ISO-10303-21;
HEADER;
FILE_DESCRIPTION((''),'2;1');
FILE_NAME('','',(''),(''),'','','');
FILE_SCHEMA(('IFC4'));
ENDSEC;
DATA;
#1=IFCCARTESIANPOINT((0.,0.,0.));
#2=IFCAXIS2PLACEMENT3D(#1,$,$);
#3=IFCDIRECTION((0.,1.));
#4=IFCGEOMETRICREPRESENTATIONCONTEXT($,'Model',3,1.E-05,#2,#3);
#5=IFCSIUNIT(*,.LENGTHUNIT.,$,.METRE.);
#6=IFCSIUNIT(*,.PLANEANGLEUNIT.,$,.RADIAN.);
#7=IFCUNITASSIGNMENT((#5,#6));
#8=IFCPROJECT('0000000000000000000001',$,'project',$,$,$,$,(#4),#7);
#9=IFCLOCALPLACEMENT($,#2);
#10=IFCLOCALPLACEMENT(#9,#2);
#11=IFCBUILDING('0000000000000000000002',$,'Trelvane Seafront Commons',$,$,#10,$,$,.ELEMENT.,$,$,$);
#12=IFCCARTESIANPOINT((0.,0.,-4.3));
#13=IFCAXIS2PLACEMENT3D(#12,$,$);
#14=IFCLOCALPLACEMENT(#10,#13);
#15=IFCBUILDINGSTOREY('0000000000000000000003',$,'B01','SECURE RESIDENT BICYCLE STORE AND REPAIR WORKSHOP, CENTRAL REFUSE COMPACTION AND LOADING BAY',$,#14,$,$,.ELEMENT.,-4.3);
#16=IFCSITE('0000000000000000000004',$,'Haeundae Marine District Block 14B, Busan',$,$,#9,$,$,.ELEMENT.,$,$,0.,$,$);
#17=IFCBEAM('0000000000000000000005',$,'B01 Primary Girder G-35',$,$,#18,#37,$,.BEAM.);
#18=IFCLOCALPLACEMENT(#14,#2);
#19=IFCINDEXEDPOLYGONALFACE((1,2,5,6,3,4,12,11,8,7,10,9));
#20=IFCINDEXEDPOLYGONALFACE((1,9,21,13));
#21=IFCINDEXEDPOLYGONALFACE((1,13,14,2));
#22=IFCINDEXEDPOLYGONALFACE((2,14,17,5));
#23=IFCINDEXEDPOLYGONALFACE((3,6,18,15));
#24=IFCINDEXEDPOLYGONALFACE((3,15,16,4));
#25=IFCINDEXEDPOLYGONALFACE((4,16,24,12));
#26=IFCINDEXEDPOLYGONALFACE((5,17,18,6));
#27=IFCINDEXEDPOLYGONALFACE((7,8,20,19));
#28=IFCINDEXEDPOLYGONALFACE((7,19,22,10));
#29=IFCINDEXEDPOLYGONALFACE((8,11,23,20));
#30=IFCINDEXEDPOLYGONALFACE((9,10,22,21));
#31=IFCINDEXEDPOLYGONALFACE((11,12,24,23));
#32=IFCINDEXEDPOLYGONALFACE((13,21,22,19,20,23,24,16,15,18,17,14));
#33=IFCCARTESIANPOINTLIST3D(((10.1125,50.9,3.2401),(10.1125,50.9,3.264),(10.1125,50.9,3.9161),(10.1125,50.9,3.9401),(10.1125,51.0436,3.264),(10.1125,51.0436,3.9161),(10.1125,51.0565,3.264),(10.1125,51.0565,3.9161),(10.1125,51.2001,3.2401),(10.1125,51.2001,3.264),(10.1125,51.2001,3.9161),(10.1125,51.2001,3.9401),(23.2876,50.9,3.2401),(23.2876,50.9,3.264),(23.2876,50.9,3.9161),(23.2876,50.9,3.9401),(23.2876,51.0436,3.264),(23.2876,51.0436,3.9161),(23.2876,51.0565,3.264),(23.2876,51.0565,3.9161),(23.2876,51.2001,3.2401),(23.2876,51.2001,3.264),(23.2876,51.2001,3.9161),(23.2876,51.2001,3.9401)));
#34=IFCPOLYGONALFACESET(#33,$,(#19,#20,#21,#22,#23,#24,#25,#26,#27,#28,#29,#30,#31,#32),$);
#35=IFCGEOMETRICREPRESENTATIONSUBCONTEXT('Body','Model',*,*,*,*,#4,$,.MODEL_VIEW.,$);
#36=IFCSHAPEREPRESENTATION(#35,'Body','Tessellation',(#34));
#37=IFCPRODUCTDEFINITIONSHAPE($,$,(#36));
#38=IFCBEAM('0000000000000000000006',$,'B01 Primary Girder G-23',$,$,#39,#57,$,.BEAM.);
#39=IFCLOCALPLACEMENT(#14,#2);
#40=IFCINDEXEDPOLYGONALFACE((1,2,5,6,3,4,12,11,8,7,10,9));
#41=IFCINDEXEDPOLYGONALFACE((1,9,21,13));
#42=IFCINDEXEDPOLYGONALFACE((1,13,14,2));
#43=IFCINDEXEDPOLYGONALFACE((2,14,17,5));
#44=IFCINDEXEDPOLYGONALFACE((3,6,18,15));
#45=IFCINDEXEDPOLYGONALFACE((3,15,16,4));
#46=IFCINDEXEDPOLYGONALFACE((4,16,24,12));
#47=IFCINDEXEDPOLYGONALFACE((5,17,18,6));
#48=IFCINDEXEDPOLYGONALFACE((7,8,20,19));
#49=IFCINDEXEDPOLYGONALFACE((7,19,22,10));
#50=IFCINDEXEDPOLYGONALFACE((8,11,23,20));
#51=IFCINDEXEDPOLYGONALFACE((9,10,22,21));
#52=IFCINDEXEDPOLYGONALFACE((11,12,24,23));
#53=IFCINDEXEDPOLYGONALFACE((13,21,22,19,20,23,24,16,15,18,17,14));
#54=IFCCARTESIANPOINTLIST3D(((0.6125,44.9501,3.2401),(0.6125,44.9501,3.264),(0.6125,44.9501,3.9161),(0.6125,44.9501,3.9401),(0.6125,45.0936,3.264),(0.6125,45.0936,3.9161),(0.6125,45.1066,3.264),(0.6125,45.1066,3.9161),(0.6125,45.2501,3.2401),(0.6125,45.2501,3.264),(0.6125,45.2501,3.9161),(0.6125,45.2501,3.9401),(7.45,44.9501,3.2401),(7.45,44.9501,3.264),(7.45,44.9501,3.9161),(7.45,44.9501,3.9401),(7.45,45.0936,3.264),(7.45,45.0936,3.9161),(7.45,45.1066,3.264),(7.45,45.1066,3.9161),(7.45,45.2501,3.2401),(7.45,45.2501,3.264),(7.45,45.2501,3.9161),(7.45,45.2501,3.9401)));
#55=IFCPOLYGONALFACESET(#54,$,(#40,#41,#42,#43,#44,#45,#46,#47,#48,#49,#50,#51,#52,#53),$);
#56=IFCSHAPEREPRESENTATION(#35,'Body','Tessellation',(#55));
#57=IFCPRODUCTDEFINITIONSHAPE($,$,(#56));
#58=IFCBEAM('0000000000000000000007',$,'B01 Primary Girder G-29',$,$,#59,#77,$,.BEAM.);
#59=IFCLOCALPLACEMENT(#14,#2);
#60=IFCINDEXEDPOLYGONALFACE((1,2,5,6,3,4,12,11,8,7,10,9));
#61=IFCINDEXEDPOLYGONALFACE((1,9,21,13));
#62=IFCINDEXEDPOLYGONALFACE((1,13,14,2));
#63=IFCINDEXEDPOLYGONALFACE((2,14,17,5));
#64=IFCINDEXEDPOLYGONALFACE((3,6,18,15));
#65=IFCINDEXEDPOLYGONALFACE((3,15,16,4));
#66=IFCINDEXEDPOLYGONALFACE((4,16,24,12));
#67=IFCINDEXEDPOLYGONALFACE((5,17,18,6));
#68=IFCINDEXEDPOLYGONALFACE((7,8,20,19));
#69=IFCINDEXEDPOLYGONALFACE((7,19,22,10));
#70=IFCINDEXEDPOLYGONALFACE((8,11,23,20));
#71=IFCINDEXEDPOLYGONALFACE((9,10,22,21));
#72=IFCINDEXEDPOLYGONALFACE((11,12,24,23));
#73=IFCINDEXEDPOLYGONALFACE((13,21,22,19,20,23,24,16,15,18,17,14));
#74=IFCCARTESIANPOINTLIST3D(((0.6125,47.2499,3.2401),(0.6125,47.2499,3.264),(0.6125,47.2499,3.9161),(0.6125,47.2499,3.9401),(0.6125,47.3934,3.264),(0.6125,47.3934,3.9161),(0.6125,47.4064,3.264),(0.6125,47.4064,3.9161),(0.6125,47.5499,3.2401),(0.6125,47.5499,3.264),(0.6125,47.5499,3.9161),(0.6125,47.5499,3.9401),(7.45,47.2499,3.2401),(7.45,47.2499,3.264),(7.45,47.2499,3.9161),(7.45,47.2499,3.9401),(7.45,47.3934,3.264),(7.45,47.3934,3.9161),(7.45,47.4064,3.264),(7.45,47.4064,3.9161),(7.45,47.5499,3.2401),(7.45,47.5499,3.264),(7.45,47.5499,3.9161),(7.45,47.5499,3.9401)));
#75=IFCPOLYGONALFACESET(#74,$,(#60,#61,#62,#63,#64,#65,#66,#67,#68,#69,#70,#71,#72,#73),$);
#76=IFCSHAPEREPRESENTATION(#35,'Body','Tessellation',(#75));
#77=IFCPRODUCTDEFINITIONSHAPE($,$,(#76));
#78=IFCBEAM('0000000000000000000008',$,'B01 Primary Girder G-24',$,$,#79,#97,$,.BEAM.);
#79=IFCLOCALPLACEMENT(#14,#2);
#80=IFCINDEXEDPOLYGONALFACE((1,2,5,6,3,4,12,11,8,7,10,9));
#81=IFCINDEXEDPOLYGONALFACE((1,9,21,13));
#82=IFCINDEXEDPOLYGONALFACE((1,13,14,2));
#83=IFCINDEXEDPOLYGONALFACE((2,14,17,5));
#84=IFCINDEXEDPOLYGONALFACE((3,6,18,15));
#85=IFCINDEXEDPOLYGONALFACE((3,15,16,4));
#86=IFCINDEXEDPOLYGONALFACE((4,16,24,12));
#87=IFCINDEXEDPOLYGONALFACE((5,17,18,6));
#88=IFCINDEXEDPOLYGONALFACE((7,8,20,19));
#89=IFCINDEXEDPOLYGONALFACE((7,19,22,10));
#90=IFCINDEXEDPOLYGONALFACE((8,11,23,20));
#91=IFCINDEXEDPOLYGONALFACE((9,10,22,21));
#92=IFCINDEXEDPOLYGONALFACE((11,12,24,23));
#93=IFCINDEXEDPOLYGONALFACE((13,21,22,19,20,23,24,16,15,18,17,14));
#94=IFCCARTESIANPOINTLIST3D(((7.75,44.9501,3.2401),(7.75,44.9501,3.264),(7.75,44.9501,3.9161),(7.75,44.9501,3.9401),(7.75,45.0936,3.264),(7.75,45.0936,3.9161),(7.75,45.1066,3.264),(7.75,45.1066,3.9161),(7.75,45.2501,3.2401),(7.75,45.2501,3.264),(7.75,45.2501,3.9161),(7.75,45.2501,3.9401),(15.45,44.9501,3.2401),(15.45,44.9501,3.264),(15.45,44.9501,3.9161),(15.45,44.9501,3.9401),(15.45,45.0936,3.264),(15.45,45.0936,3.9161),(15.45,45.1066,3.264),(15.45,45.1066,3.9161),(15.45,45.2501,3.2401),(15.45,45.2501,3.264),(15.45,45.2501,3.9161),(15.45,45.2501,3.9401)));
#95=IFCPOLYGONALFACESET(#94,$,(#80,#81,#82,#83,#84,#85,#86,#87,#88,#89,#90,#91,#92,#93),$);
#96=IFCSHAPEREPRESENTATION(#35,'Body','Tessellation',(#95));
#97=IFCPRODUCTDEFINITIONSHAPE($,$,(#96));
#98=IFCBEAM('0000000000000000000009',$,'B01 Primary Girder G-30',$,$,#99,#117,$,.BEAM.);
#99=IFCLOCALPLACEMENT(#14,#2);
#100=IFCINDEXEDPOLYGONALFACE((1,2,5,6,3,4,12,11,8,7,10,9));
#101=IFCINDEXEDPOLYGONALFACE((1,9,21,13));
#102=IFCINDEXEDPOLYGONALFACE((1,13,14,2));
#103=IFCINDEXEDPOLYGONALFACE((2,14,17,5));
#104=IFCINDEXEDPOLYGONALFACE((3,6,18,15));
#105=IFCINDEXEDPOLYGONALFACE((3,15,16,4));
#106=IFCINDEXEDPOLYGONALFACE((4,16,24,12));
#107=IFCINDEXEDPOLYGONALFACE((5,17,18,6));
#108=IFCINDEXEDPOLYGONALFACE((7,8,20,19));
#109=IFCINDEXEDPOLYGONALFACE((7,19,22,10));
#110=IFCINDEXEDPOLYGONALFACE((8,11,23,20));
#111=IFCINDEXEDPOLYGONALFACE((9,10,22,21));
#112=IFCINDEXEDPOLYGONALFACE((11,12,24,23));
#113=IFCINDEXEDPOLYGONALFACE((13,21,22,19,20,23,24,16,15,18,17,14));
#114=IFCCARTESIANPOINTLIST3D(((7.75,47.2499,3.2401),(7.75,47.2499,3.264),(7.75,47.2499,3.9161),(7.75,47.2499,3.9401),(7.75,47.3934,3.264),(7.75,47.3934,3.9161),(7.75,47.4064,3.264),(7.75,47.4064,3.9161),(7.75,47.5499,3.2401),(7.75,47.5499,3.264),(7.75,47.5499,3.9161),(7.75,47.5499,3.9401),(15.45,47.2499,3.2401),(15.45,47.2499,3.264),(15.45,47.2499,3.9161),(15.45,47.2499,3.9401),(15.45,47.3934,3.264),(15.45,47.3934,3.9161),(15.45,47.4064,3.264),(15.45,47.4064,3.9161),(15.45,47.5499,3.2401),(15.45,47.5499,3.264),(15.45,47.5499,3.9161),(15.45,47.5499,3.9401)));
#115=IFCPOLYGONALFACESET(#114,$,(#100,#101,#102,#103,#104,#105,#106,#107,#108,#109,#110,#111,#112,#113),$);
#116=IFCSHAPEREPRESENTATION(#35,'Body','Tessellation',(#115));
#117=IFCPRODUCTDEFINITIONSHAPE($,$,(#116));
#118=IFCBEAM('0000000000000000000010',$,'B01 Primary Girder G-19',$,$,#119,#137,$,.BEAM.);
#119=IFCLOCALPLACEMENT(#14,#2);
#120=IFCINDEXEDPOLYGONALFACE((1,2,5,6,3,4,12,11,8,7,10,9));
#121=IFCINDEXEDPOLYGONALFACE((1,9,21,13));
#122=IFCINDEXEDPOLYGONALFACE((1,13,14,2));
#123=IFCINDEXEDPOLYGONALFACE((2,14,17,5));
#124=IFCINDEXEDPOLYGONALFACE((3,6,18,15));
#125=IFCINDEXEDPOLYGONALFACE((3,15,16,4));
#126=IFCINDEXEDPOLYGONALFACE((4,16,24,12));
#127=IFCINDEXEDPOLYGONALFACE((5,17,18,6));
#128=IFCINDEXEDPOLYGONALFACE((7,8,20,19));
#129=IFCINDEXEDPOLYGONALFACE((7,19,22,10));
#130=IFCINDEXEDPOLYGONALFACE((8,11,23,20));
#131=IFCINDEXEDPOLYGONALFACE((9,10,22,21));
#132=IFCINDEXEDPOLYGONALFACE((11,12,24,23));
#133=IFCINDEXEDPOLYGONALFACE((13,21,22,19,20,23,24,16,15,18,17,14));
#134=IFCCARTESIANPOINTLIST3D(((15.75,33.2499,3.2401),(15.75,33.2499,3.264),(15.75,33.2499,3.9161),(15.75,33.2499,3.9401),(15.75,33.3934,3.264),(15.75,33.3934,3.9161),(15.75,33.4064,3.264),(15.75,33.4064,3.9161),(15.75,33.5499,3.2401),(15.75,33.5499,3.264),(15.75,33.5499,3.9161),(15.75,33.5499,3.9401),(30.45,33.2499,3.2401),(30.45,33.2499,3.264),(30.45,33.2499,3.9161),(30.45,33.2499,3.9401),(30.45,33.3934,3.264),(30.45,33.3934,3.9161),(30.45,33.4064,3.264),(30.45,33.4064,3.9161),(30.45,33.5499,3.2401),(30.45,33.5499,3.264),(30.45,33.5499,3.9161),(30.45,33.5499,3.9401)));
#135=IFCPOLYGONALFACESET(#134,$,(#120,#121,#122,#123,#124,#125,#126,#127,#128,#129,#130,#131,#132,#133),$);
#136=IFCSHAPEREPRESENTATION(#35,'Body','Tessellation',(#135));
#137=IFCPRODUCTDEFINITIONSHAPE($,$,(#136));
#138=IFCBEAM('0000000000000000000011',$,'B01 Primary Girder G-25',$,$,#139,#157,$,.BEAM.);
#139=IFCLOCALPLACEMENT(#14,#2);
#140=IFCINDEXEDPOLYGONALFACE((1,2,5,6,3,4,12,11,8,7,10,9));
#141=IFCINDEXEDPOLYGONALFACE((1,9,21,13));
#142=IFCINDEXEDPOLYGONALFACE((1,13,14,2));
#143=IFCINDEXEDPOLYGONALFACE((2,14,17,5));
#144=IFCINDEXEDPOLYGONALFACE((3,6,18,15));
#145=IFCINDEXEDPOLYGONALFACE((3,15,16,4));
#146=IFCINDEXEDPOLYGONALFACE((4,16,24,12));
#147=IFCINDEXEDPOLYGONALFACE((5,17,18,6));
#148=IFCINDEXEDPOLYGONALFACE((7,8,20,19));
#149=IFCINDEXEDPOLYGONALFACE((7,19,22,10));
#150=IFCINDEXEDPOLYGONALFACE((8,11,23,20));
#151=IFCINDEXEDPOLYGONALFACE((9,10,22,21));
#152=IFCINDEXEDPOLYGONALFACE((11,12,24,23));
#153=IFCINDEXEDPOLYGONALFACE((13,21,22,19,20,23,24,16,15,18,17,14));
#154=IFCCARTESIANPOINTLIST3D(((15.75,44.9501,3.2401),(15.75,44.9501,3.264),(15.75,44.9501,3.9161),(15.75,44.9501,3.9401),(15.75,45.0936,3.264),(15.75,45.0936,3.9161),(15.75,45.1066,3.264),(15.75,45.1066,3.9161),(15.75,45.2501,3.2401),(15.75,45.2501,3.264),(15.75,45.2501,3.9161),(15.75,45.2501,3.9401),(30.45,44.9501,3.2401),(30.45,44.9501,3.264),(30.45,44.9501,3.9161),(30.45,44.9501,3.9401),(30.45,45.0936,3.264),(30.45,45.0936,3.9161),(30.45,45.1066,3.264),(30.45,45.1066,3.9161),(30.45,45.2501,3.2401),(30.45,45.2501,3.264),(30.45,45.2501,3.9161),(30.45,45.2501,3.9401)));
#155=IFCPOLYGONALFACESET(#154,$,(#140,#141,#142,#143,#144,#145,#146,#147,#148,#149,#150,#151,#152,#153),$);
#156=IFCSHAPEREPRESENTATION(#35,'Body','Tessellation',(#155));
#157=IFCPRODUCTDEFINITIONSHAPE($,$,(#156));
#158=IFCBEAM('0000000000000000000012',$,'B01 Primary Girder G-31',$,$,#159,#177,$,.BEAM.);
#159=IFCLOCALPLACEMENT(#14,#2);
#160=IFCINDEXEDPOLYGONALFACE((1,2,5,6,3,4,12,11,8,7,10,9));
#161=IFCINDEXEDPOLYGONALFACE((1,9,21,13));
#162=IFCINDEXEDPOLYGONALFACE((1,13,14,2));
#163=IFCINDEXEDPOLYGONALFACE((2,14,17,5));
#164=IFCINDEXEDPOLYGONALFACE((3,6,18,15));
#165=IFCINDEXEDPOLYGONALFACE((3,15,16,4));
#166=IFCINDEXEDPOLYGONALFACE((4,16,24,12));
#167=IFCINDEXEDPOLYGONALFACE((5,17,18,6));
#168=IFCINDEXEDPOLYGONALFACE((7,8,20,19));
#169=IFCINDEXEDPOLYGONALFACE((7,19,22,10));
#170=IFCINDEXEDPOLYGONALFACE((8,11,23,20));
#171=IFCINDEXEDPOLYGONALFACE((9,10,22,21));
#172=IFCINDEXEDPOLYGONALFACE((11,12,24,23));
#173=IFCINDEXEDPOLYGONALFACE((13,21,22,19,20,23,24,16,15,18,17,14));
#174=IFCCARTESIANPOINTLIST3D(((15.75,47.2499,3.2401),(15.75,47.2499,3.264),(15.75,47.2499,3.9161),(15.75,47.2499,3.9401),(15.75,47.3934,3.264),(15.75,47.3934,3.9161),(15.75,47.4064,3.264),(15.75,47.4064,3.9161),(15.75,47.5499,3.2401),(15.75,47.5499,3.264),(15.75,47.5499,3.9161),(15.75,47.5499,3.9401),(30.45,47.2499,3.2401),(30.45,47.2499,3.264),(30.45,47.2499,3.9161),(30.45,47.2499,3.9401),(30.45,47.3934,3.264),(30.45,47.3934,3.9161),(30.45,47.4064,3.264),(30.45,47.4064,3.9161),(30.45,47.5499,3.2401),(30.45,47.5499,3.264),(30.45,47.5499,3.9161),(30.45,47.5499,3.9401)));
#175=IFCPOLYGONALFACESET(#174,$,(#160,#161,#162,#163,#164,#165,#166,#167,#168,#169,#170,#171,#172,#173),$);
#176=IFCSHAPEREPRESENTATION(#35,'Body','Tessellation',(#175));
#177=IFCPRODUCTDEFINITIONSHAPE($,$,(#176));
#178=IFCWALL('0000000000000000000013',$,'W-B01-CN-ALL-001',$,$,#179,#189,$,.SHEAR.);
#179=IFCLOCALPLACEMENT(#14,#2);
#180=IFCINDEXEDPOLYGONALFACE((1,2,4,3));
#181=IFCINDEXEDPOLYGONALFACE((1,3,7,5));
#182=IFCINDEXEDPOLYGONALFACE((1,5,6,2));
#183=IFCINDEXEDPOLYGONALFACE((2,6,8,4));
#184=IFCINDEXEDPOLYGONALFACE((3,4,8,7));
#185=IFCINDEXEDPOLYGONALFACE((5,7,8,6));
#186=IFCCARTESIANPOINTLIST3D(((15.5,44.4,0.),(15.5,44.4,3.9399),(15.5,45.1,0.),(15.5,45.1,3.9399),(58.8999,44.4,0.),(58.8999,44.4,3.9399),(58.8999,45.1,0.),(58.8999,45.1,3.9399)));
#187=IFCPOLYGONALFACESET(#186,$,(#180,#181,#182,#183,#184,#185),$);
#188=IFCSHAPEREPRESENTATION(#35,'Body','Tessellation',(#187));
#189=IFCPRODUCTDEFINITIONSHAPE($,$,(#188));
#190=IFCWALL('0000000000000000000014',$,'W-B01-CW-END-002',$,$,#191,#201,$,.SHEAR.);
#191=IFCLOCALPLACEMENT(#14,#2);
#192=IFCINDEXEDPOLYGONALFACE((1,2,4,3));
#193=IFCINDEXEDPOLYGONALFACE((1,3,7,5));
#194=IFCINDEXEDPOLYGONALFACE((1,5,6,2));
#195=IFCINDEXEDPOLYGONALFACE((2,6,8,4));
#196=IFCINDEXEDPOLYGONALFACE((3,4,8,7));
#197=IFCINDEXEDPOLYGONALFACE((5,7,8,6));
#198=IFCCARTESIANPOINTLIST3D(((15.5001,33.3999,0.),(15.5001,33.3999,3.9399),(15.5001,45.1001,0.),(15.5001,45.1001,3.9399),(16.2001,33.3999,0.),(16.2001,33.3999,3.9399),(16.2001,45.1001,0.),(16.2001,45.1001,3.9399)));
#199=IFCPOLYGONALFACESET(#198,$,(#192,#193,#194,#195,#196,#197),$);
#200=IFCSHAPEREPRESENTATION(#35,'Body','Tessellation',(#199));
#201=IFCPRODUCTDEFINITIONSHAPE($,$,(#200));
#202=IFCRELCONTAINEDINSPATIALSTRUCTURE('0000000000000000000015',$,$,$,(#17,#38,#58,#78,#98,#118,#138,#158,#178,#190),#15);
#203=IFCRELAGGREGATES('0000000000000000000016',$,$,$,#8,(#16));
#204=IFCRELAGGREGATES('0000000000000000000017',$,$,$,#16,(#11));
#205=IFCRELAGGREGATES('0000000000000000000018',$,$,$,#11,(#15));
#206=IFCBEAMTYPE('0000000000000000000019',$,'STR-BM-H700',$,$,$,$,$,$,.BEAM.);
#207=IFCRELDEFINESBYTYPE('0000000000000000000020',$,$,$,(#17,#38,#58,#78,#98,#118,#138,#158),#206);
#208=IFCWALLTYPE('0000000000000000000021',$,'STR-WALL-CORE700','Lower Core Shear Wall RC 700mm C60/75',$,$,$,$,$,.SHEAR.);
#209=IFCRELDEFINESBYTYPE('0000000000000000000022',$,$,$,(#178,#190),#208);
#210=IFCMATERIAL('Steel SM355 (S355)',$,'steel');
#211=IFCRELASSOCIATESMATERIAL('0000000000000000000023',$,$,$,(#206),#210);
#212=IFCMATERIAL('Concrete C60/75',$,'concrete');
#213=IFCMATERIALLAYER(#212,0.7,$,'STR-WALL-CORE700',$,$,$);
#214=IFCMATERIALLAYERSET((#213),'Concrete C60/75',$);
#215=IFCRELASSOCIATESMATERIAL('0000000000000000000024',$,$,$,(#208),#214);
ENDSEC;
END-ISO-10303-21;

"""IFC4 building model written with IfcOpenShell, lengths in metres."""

from ifc_helpers import new_model, si_unit, direction, frame, frame_2d, origin, origin_2d, place, context, subcontext, project, spatial, rectangle, i_section, extrude, source, transform, mapped, material, layer, layer_set, material_profile, profile_set, type_object, element, save


model = new_model("IFC4")

# Units and contexts
model_context = context("Model", 3, precision=1e-05, world=origin(), true_north=direction((0.0, 1.0)))
body_context = subcontext(model_context, "Body", "Model", "MODEL_VIEW")
ifc_project = project(units=[si_unit("LENGTHUNIT", "METRE"), si_unit("PLANEANGLEUNIT", "RADIAN")], contexts=[model_context])

# Site, building, storey
site_placement = place(None, origin())
site = spatial("IfcSite", under=ifc_project, at=site_placement, Name="Haeundae Marine District Block 14B, Busan", CompositionType="ELEMENT", RefElevation=0.0)
building_placement = place(site_placement, origin())
building = spatial("IfcBuilding", under=site, at=building_placement, Name="Trelvane Seafront Commons", CompositionType="ELEMENT")
storey_placement = place(building_placement, frame((0.0, 0.0, -4.3)))
storey = spatial("IfcBuildingStorey", under=building, at=storey_placement, Name="B01", Description="SECURE RESIDENT BICYCLE STORE AND REPAIR WORKSHOP, CENTRAL REFUSE COMPACTION AND LOADING BAY", CompositionType="ELEMENT", Elevation=-4.3)

# Shared definitions
ifc_material_1 = material(Name="Concrete C60/75", Category="concrete")

# Beams
ifc_material_2 = material(Name="Steel SM355 (S355)", Category="steel")
ifc_material_profile_1 = material_profile(ifc_material_2, i_section(OverallWidth=0.3, OverallDepth=0.7, WebThickness=0.0129, FlangeThickness=0.0239, at=origin_2d()), Name="H-700x300x13x24")
ifc_profile_set_1 = profile_set([ifc_material_profile_1], Name="Steel SM355 (S355)")
beam_type_1 = type_object("IfcBeamType", Name="STR-BM-H700", PredefinedType="BEAM", material=ifc_profile_set_1)
shared_shape_1 = source(origin(), body_context, "Body", "SweptSolid", [
    extrude(i_section(OverallWidth=0.3, OverallDepth=0.7, WebThickness=0.0129, FlangeThickness=0.0239, at=origin_2d()), origin(), (0.0, 0.0, 1.0), 13.175),
])
beam_placement = place(storey_placement, frame((10.1125, 51.05, 3.5901), z_axis=(1.0, 0.0, 0.0), x_axis=(0.0, 1.0, 0.0)))
element("IfcBeam", 1, at=beam_placement, inside=storey, type_object=beam_type_1, Name="B01 Primary Girder G-35", PredefinedType="BEAM", context=body_context, shape_type="MappedRepresentation", body=[
    mapped(shared_shape_1, transform((0.0, 0.0, 0.0), x_axis=(1.0, 0.0, 0.0), y_axis=(0.0, 1.0, 0.0), z_axis=(0.0, 0.0, 1.0), scale=1.0)),
])
shared_shape_2 = source(origin(), body_context, "Body", "SweptSolid", [
    extrude(i_section(OverallWidth=0.3, OverallDepth=0.7, WebThickness=0.0129, FlangeThickness=0.0239, at=origin_2d()), origin(), (0.0, 0.0, 1.0), 6.8374),
])
for number, where, z_axis, x_axis, name in (
    (2, (0.6125, 45.1001, 3.5901), (1.0, 0.0, 0.0), (0.0, 1.0, 0.0), "B01 Primary Girder G-23"),
    (3, (0.6125, 47.3999, 3.5901), (1.0, 0.0, 0.0), (0.0, 1.0, 0.0), "B01 Primary Girder G-29"),
):
    element("IfcBeam", number, at=place(storey_placement, frame(where, z_axis=z_axis, x_axis=x_axis)), inside=storey, type_object=beam_type_1, Name=name, PredefinedType="BEAM", context=body_context, shape_type="MappedRepresentation", body=[
        mapped(shared_shape_2, transform((0.0, 0.0, 0.0), x_axis=(1.0, 0.0, 0.0), y_axis=(0.0, 1.0, 0.0), z_axis=(0.0, 0.0, 1.0), scale=1.0)),
    ])
shared_shape_3 = source(origin(), body_context, "Body", "SweptSolid", [
    extrude(i_section(OverallWidth=0.3, OverallDepth=0.7, WebThickness=0.0129, FlangeThickness=0.0239, at=origin_2d()), origin(), (0.0, 0.0, 1.0), 7.7),
])
for number, where, z_axis, x_axis, name in (
    (4, (7.75, 45.1001, 3.5901), (1.0, 0.0, 0.0), (0.0, 1.0, 0.0), "B01 Primary Girder G-24"),
    (5, (7.75, 47.3999, 3.5901), (1.0, 0.0, 0.0), (0.0, 1.0, 0.0), "B01 Primary Girder G-30"),
):
    element("IfcBeam", number, at=place(storey_placement, frame(where, z_axis=z_axis, x_axis=x_axis)), inside=storey, type_object=beam_type_1, Name=name, PredefinedType="BEAM", context=body_context, shape_type="MappedRepresentation", body=[
        mapped(shared_shape_3, transform((0.0, 0.0, 0.0), x_axis=(1.0, 0.0, 0.0), y_axis=(0.0, 1.0, 0.0), z_axis=(0.0, 0.0, 1.0), scale=1.0)),
    ])
shared_shape_4 = source(origin(), body_context, "Body", "SweptSolid", [
    extrude(i_section(OverallWidth=0.3, OverallDepth=0.7, WebThickness=0.0129, FlangeThickness=0.0239, at=origin_2d()), origin(), (0.0, 0.0, 1.0), 14.7),
])
for number, where, z_axis, x_axis, name in (
    (6, (15.75, 33.3999, 3.5901), (1.0, 0.0, 0.0), (0.0, 1.0, 0.0), "B01 Primary Girder G-19"),
    (7, (15.75, 45.1001, 3.5901), (1.0, 0.0, 0.0), (0.0, 1.0, 0.0), "B01 Primary Girder G-25"),
    (8, (15.75, 47.3999, 3.5901), (1.0, 0.0, 0.0), (0.0, 1.0, 0.0), "B01 Primary Girder G-31"),
):
    element("IfcBeam", number, at=place(storey_placement, frame(where, z_axis=z_axis, x_axis=x_axis)), inside=storey, type_object=beam_type_1, Name=name, PredefinedType="BEAM", context=body_context, shape_type="MappedRepresentation", body=[
        mapped(shared_shape_4, transform((0.0, 0.0, 0.0), x_axis=(1.0, 0.0, 0.0), y_axis=(0.0, 1.0, 0.0), z_axis=(0.0, 0.0, 1.0), scale=1.0)),
    ])

# Walls
ifc_layer_1 = layer(ifc_material_1, 0.7, Name="STR-WALL-CORE700")
ifc_layer_set_1 = layer_set([ifc_layer_1], Name="Concrete C60/75")
wall_type_1 = type_object("IfcWallType", Name="STR-WALL-CORE700", Description="Lower Core Shear Wall RC 700mm C60/75", PredefinedType="SHEAR", material=ifc_layer_set_1)
wall_1_placement = place(storey_placement, frame((15.5, 44.75, 0.0), z_axis=(0.0, 0.0, 1.0), x_axis=(1.0, 0.0, 0.0)))
element("IfcWall", 9, at=wall_1_placement, inside=storey, type_object=wall_type_1, Name="W-B01-CN-ALL-001", PredefinedType="SHEAR", context=body_context, shape_type="SweptSolid", body=[
    extrude(rectangle(XDim=43.3999, YDim=0.7, at=frame_2d((21.7, 0.0))), origin(), (0.0, 0.0, 1.0), 3.9399),
])
wall_2_placement = place(storey_placement, frame((15.8501, 33.3999, 0.0), z_axis=(0.0, 0.0, 1.0), x_axis=(0.0, 1.0, 0.0)))
element("IfcWall", 10, at=wall_2_placement, inside=storey, type_object=wall_type_1, Name="W-B01-CW-END-002", PredefinedType="SHEAR", context=body_context, shape_type="SweptSolid", body=[
    extrude(rectangle(XDim=11.7002, YDim=0.7, at=frame_2d((5.8501, 0.0))), origin(), (0.0, 0.0, 1.0), 3.9399),
])

save(model, "model.ifc")
